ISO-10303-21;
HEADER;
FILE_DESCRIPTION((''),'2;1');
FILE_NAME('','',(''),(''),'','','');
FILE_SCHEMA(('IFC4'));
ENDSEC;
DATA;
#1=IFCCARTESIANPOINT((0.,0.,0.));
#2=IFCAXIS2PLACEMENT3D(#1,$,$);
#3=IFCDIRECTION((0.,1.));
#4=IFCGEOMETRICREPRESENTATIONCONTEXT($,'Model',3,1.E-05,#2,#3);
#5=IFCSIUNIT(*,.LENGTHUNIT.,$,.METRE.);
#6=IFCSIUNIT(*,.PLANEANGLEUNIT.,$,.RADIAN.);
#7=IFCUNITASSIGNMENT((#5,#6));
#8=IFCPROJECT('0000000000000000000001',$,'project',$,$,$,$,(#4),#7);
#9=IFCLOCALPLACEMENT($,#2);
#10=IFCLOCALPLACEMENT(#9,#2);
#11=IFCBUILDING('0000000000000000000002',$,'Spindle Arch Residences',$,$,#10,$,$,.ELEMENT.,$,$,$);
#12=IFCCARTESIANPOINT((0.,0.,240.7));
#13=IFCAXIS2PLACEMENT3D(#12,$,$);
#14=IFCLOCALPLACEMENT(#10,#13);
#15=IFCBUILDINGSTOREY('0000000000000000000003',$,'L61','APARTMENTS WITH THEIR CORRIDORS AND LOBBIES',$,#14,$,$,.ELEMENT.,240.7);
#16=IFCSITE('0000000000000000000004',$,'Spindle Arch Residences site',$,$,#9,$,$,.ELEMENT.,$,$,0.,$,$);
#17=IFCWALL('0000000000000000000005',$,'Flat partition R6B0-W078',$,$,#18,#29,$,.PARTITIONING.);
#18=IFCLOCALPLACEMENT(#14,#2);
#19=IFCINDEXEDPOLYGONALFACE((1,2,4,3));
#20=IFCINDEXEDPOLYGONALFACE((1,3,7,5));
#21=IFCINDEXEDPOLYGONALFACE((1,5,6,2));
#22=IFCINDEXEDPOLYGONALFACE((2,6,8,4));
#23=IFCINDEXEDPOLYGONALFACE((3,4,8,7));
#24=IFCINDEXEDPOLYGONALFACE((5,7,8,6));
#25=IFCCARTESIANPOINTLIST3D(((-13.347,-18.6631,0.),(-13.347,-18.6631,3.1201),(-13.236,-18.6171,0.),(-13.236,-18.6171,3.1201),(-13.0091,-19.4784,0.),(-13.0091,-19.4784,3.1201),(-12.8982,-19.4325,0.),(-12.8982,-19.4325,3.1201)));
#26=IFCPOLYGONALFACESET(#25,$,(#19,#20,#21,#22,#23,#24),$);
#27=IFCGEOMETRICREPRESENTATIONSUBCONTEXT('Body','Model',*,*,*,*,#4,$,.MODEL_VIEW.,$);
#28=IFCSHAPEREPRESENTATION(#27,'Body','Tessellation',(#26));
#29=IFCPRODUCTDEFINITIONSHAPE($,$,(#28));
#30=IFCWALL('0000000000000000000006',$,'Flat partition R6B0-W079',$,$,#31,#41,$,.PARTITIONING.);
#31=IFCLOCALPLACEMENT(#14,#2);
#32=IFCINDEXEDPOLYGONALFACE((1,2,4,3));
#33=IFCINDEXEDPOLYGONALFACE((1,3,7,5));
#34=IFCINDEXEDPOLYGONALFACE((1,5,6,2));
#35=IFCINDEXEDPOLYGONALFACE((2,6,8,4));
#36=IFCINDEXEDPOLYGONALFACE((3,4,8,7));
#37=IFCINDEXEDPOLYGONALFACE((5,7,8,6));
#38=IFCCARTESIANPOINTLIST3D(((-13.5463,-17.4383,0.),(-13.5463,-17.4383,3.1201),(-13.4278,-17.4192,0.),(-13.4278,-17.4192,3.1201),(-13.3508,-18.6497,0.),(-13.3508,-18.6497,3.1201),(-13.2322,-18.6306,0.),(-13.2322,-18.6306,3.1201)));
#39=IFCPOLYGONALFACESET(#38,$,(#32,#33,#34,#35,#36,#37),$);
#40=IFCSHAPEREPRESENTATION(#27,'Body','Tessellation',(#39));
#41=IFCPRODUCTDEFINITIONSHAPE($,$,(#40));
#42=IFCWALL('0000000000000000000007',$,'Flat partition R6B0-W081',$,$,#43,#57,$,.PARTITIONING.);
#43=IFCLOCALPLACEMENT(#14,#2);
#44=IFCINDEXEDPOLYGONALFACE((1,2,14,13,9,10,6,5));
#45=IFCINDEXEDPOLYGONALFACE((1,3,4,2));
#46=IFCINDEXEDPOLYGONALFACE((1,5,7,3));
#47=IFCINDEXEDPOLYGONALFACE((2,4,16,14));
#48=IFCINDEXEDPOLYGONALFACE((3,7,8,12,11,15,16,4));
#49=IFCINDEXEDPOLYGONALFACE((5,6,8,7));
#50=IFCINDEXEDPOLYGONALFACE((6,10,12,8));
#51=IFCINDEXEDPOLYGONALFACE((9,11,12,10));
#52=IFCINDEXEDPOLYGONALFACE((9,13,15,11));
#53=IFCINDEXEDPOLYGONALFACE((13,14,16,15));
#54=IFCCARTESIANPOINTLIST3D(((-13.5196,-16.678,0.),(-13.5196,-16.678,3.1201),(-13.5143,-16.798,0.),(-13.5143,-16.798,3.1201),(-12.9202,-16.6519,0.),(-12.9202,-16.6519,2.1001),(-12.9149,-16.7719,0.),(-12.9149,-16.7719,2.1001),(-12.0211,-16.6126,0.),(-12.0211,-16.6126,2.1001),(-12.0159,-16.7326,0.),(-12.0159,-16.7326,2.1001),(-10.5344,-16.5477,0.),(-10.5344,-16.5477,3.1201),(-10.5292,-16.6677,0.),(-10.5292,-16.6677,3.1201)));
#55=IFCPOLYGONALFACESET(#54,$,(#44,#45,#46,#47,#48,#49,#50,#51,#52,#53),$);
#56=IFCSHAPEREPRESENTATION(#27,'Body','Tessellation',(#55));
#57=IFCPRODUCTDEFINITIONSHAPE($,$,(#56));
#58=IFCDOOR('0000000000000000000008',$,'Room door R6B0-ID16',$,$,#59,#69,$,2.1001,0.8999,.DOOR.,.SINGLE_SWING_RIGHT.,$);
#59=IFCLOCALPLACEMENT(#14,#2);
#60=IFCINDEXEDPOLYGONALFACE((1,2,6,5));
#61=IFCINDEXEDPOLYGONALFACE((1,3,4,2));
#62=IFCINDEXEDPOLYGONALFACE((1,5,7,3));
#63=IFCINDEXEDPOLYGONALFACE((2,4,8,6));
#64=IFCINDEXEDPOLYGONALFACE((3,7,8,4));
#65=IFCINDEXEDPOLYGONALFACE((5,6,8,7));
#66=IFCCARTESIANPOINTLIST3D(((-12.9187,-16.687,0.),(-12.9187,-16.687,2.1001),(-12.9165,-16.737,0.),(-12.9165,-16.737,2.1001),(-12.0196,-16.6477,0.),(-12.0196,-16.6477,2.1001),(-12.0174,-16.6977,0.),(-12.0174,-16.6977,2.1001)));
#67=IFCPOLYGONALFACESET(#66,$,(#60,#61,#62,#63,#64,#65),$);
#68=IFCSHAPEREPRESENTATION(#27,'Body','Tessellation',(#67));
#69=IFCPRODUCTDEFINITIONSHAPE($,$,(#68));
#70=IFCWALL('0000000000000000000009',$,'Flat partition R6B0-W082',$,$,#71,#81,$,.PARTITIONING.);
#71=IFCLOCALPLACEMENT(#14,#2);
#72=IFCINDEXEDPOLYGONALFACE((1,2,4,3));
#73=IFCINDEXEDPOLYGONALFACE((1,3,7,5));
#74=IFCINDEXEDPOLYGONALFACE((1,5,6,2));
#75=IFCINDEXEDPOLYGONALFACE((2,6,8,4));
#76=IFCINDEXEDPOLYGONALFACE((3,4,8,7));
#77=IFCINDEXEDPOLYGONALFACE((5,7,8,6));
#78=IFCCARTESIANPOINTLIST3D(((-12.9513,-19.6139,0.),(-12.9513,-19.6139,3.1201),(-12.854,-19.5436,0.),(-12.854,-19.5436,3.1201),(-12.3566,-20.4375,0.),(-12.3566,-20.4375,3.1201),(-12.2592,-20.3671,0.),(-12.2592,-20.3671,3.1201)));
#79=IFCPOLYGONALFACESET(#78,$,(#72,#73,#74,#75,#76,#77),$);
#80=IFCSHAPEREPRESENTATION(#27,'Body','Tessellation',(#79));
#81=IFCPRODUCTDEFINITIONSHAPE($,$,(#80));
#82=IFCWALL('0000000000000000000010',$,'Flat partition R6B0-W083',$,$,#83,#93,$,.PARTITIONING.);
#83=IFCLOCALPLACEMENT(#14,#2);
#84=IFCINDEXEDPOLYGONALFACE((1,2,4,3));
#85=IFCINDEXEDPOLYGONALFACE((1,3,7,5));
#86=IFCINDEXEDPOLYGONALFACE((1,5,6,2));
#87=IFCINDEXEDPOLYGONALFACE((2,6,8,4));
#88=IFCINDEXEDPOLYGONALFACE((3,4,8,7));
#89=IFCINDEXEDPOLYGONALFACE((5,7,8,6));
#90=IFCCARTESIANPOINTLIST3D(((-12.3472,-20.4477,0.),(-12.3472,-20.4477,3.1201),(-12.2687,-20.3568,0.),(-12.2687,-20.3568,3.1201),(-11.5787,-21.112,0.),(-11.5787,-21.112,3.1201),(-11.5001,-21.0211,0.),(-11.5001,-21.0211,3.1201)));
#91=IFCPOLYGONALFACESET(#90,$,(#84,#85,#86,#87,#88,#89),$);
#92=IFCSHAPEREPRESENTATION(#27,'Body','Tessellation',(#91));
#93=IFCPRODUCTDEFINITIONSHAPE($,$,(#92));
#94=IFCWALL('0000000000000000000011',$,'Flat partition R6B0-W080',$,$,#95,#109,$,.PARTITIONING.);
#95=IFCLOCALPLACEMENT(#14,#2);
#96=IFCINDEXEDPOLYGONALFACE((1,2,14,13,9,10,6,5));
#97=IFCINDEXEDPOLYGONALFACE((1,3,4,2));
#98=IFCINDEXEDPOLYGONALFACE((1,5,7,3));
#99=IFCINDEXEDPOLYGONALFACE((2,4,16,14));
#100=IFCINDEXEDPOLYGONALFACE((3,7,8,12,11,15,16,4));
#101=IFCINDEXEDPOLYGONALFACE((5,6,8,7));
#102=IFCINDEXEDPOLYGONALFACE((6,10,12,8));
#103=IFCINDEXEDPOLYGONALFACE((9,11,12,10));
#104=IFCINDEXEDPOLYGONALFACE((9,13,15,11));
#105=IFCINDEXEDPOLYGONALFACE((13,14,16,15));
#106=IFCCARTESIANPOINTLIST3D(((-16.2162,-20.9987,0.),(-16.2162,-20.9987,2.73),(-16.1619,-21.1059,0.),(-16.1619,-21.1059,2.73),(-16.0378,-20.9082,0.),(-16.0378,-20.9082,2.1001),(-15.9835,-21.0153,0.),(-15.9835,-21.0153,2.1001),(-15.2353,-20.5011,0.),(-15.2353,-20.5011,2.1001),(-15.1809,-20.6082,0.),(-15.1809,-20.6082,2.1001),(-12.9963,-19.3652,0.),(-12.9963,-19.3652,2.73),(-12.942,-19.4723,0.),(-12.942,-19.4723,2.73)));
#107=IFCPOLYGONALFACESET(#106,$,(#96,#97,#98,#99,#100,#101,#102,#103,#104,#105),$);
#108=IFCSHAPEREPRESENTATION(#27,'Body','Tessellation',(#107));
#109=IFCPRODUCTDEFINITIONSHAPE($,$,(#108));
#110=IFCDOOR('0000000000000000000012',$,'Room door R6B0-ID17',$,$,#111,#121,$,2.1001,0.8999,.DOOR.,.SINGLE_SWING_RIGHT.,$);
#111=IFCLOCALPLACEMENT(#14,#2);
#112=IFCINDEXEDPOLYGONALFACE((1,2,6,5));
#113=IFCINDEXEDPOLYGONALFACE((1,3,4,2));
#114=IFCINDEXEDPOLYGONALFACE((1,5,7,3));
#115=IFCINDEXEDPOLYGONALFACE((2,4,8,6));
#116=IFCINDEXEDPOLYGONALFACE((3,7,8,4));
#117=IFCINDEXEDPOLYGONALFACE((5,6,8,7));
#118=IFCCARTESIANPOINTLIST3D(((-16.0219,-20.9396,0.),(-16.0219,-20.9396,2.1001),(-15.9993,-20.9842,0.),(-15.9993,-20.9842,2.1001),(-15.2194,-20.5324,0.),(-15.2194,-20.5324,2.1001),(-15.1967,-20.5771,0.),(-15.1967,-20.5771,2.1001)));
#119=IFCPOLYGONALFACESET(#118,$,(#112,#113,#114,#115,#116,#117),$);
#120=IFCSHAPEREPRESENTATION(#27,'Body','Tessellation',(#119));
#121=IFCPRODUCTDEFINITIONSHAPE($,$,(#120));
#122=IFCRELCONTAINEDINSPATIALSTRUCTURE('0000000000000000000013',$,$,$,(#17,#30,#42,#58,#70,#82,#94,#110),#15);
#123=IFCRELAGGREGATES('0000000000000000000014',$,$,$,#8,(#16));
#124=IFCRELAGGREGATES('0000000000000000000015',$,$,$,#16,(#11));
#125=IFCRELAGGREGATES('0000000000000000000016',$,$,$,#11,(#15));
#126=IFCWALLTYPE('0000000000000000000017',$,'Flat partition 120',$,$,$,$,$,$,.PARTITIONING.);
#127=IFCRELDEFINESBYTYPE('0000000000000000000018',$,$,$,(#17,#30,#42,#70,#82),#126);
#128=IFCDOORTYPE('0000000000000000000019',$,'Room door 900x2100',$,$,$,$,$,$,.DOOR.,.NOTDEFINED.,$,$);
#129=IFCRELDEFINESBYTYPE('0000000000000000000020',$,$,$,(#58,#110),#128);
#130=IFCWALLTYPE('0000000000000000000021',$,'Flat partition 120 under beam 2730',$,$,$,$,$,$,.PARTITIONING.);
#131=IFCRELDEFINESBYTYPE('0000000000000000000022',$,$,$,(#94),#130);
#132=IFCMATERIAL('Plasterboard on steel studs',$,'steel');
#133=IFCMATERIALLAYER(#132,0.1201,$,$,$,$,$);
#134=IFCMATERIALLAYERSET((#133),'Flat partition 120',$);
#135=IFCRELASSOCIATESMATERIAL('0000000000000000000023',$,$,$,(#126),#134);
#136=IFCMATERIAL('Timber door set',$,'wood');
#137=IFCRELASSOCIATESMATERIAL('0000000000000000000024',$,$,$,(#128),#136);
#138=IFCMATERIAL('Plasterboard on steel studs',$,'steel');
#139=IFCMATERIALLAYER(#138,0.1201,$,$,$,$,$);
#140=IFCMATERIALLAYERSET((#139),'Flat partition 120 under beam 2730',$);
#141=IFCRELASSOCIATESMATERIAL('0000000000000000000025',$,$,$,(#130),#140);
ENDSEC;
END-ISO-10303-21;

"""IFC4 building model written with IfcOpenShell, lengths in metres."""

from ifc_helpers import new_model, si_unit, direction, frame, frame_2d, origin, place, context, subcontext, project, spatial, rectangle, extrude, material, layer, layer_set, type_object, element, fill, save


model = new_model("IFC4")

# Units and contexts
model_context = context("Model", 3, precision=1e-05, world=origin(), true_north=direction((0.0, 1.0)))
body_context = subcontext(model_context, "Body", "Model", "MODEL_VIEW")
ifc_project = project(units=[si_unit("LENGTHUNIT", "METRE"), si_unit("PLANEANGLEUNIT", "RADIAN")], contexts=[model_context])

# Site, building, storey
site_placement = place(None, origin())
site = spatial("IfcSite", under=ifc_project, at=site_placement, Name="Spindle Arch Residences site", CompositionType="ELEMENT", RefElevation=0.0)
building_placement = place(site_placement, origin())
building = spatial("IfcBuilding", under=site, at=building_placement, Name="Spindle Arch Residences", CompositionType="ELEMENT")
storey_placement = place(building_placement, frame((0.0, 0.0, 240.7)))
storey = spatial("IfcBuildingStorey", under=building, at=storey_placement, Name="L61", Description="APARTMENTS WITH THEIR CORRIDORS AND LOBBIES", CompositionType="ELEMENT", Elevation=240.7)

# Shared definitions
ifc_material_1 = material(Name="Plasterboard on steel studs", Category="steel")
ifc_layer_1 = layer(ifc_material_1, 0.1201)
ifc_layer_set_1 = layer_set([ifc_layer_1], Name="Flat partition 120")
wall_type_1 = type_object("IfcWallType", Name="Flat partition 120", PredefinedType="PARTITIONING", material=ifc_layer_set_1)
ifc_material_2 = material(Name="Timber door set", Category="wood")
door_type = type_object("IfcDoorType", Name="Room door 900x2100", OperationType="NOTDEFINED", PredefinedType="DOOR", material=ifc_material_2)

# Walls
wall_1_placement = place(storey_placement, frame((-12.9536, -19.4556, 0.0), z_axis=(0.0, 0.0, 1.0), x_axis=(-0.382808, 0.923828, 0.0)))
element("IfcWall", 1, at=wall_1_placement, inside=storey, type_object=wall_type_1, Name="Flat partition R6B0-W078", PredefinedType="PARTITIONING", context=body_context, shape_type="SweptSolid", body=[
    extrude(rectangle(XDim=0.8826, YDim=0.1201, at=frame_2d((0.4414, 0.0))), origin(), (0.0, 0.0, 1.0), 3.1201),
])
wall_2_placement = place(storey_placement, frame((-13.2915, -18.6401, 0.0), z_axis=(0.0, 0.0, 1.0), x_axis=(-0.159364, 0.98722, 0.0)))
element("IfcWall", 2, at=wall_2_placement, inside=storey, type_object=wall_type_1, Name="Flat partition R6B0-W079", PredefinedType="PARTITIONING", context=body_context, shape_type="SweptSolid", body=[
    extrude(rectangle(XDim=1.2271, YDim=0.1201, at=frame_2d((0.6135, 0.0))), origin(), (0.0, 0.0, 1.0), 3.1201),
])

# Wall, opening, door
wall_3_placement = place(storey_placement, frame((-13.5171, -16.738, 0.0), z_axis=(0.0, 0.0, 1.0), x_axis=(0.999048, 0.043632, 0.0)))
wall_3 = element("IfcWall", 3, at=wall_3_placement, inside=storey, type_object=wall_type_1, Name="Flat partition R6B0-W081", PredefinedType="PARTITIONING", context=body_context, shape_type="SweptSolid", body=[
    extrude(rectangle(XDim=2.988, YDim=0.1201, at=frame_2d((1.4941, 0.0))), origin(), (0.0, 0.0, 1.0), 3.1201),
])
opening_1_placement = place(wall_3_placement, frame((0.6001, 0.0, 0.0)))
opening_1 = element("IfcOpeningElement", 4, at=opening_1_placement, cuts=wall_3, PredefinedType="OPENING", context=body_context, shape_type="SweptSolid", body=[
    extrude(rectangle(XDim=0.8999, YDim=2.1001, at=frame_2d((0.45, 1.05))), frame((0.0, 0.0701, 0.0), z_axis=(0.0, -1.0, 0.0), x_axis=(1.0, 0.0, 0.0)), (0.0, 0.0, 1.0), 0.1401),
])
door_1_placement = place(opening_1_placement, origin())
door_1 = element("IfcDoor", 5, at=door_1_placement, inside=storey, type_object=door_type, Name="Room door R6B0-ID16", OperationType="SINGLE_SWING_RIGHT", OverallHeight=2.1001, OverallWidth=0.8999, PredefinedType="DOOR", context=body_context, shape_type="SweptSolid", body=[
    extrude(rectangle(XDim=0.8999, YDim=2.1001, at=frame_2d((0.45, 1.05))), frame((0.0, 0.0249, 0.0), z_axis=(0.0, -1.0, 0.0), x_axis=(1.0, 0.0, 0.0)), (0.0, 0.0, 1.0), 0.05),
])
fill(opening_1, door_1)

# Walls
for number, where, z_axis, x_axis, name in (
    (6, (-12.9026, -19.5789, 0.0), (0.0, 0.0, 1.0), (0.585482, -0.810686, 0.0), "Flat partition R6B0-W082"),
    (7, (-12.3079, -20.4023, 0.0), (0.0, 0.0, 1.0), (0.756553, -0.653933, 0.0), "Flat partition R6B0-W083"),
):
    element("IfcWall", number, at=place(storey_placement, frame(where, z_axis=z_axis, x_axis=x_axis)), inside=storey, type_object=wall_type_1, Name=name, PredefinedType="PARTITIONING", context=body_context, shape_type="SweptSolid", body=[
        extrude(rectangle(XDim=1.0159, YDim=0.1201, at=frame_2d((0.5078, 0.0))), origin(), (0.0, 0.0, 1.0), 3.1201),
    ])

# Wall, opening, door
ifc_material_3 = material(Name="Plasterboard on steel studs", Category="steel")
ifc_layer_2 = layer(ifc_material_3, 0.1201)
ifc_layer_set_2 = layer_set([ifc_layer_2], Name="Flat partition 120 under beam 2730")
wall_type_2 = type_object("IfcWallType", Name="Flat partition 120 under beam 2730", PredefinedType="PARTITIONING", material=ifc_layer_set_2)
wall_4_placement = place(storey_placement, frame((-16.189, -21.0522, 0.0), z_axis=(0.0, 0.0, 1.0), x_axis=(0.891802, 0.452426, 0.0)))
wall_4 = element("IfcWall", 8, at=wall_4_placement, inside=storey, type_object=wall_type_2, Name="Flat partition R6B0-W080", PredefinedType="PARTITIONING", context=body_context, shape_type="SweptSolid", body=[
    extrude(rectangle(XDim=3.6106, YDim=0.1201, at=frame_2d((1.8052, 0.0))), origin(), (0.0, 0.0, 1.0), 2.73),
])
opening_2_placement = place(wall_4_placement, frame((0.2, 0.0, 0.0)))
opening_2 = element("IfcOpeningElement", 9, at=opening_2_placement, cuts=wall_4, PredefinedType="OPENING", context=body_context, shape_type="SweptSolid", body=[
    extrude(rectangle(XDim=0.8999, YDim=2.1001, at=frame_2d((0.45, 1.05))), frame((0.0, 0.0701, 0.0), z_axis=(0.0, -1.0, 0.0), x_axis=(1.0, 0.0, 0.0)), (0.0, 0.0, 1.0), 0.1401),
])
door_2_placement = place(opening_2_placement, origin())
door_2 = element("IfcDoor", 10, at=door_2_placement, inside=storey, type_object=door_type, Name="Room door R6B0-ID17", OperationType="SINGLE_SWING_RIGHT", OverallHeight=2.1001, OverallWidth=0.8999, PredefinedType="DOOR", context=body_context, shape_type="SweptSolid", body=[
    extrude(rectangle(XDim=0.8999, YDim=2.1001, at=frame_2d((0.45, 1.05))), frame((0.0, 0.0249, 0.0), z_axis=(0.0, -1.0, 0.0), x_axis=(1.0, 0.0, 0.0)), (0.0, 0.0, 1.0), 0.05),
])
fill(opening_2, door_2)

save(model, "model.ifc")
